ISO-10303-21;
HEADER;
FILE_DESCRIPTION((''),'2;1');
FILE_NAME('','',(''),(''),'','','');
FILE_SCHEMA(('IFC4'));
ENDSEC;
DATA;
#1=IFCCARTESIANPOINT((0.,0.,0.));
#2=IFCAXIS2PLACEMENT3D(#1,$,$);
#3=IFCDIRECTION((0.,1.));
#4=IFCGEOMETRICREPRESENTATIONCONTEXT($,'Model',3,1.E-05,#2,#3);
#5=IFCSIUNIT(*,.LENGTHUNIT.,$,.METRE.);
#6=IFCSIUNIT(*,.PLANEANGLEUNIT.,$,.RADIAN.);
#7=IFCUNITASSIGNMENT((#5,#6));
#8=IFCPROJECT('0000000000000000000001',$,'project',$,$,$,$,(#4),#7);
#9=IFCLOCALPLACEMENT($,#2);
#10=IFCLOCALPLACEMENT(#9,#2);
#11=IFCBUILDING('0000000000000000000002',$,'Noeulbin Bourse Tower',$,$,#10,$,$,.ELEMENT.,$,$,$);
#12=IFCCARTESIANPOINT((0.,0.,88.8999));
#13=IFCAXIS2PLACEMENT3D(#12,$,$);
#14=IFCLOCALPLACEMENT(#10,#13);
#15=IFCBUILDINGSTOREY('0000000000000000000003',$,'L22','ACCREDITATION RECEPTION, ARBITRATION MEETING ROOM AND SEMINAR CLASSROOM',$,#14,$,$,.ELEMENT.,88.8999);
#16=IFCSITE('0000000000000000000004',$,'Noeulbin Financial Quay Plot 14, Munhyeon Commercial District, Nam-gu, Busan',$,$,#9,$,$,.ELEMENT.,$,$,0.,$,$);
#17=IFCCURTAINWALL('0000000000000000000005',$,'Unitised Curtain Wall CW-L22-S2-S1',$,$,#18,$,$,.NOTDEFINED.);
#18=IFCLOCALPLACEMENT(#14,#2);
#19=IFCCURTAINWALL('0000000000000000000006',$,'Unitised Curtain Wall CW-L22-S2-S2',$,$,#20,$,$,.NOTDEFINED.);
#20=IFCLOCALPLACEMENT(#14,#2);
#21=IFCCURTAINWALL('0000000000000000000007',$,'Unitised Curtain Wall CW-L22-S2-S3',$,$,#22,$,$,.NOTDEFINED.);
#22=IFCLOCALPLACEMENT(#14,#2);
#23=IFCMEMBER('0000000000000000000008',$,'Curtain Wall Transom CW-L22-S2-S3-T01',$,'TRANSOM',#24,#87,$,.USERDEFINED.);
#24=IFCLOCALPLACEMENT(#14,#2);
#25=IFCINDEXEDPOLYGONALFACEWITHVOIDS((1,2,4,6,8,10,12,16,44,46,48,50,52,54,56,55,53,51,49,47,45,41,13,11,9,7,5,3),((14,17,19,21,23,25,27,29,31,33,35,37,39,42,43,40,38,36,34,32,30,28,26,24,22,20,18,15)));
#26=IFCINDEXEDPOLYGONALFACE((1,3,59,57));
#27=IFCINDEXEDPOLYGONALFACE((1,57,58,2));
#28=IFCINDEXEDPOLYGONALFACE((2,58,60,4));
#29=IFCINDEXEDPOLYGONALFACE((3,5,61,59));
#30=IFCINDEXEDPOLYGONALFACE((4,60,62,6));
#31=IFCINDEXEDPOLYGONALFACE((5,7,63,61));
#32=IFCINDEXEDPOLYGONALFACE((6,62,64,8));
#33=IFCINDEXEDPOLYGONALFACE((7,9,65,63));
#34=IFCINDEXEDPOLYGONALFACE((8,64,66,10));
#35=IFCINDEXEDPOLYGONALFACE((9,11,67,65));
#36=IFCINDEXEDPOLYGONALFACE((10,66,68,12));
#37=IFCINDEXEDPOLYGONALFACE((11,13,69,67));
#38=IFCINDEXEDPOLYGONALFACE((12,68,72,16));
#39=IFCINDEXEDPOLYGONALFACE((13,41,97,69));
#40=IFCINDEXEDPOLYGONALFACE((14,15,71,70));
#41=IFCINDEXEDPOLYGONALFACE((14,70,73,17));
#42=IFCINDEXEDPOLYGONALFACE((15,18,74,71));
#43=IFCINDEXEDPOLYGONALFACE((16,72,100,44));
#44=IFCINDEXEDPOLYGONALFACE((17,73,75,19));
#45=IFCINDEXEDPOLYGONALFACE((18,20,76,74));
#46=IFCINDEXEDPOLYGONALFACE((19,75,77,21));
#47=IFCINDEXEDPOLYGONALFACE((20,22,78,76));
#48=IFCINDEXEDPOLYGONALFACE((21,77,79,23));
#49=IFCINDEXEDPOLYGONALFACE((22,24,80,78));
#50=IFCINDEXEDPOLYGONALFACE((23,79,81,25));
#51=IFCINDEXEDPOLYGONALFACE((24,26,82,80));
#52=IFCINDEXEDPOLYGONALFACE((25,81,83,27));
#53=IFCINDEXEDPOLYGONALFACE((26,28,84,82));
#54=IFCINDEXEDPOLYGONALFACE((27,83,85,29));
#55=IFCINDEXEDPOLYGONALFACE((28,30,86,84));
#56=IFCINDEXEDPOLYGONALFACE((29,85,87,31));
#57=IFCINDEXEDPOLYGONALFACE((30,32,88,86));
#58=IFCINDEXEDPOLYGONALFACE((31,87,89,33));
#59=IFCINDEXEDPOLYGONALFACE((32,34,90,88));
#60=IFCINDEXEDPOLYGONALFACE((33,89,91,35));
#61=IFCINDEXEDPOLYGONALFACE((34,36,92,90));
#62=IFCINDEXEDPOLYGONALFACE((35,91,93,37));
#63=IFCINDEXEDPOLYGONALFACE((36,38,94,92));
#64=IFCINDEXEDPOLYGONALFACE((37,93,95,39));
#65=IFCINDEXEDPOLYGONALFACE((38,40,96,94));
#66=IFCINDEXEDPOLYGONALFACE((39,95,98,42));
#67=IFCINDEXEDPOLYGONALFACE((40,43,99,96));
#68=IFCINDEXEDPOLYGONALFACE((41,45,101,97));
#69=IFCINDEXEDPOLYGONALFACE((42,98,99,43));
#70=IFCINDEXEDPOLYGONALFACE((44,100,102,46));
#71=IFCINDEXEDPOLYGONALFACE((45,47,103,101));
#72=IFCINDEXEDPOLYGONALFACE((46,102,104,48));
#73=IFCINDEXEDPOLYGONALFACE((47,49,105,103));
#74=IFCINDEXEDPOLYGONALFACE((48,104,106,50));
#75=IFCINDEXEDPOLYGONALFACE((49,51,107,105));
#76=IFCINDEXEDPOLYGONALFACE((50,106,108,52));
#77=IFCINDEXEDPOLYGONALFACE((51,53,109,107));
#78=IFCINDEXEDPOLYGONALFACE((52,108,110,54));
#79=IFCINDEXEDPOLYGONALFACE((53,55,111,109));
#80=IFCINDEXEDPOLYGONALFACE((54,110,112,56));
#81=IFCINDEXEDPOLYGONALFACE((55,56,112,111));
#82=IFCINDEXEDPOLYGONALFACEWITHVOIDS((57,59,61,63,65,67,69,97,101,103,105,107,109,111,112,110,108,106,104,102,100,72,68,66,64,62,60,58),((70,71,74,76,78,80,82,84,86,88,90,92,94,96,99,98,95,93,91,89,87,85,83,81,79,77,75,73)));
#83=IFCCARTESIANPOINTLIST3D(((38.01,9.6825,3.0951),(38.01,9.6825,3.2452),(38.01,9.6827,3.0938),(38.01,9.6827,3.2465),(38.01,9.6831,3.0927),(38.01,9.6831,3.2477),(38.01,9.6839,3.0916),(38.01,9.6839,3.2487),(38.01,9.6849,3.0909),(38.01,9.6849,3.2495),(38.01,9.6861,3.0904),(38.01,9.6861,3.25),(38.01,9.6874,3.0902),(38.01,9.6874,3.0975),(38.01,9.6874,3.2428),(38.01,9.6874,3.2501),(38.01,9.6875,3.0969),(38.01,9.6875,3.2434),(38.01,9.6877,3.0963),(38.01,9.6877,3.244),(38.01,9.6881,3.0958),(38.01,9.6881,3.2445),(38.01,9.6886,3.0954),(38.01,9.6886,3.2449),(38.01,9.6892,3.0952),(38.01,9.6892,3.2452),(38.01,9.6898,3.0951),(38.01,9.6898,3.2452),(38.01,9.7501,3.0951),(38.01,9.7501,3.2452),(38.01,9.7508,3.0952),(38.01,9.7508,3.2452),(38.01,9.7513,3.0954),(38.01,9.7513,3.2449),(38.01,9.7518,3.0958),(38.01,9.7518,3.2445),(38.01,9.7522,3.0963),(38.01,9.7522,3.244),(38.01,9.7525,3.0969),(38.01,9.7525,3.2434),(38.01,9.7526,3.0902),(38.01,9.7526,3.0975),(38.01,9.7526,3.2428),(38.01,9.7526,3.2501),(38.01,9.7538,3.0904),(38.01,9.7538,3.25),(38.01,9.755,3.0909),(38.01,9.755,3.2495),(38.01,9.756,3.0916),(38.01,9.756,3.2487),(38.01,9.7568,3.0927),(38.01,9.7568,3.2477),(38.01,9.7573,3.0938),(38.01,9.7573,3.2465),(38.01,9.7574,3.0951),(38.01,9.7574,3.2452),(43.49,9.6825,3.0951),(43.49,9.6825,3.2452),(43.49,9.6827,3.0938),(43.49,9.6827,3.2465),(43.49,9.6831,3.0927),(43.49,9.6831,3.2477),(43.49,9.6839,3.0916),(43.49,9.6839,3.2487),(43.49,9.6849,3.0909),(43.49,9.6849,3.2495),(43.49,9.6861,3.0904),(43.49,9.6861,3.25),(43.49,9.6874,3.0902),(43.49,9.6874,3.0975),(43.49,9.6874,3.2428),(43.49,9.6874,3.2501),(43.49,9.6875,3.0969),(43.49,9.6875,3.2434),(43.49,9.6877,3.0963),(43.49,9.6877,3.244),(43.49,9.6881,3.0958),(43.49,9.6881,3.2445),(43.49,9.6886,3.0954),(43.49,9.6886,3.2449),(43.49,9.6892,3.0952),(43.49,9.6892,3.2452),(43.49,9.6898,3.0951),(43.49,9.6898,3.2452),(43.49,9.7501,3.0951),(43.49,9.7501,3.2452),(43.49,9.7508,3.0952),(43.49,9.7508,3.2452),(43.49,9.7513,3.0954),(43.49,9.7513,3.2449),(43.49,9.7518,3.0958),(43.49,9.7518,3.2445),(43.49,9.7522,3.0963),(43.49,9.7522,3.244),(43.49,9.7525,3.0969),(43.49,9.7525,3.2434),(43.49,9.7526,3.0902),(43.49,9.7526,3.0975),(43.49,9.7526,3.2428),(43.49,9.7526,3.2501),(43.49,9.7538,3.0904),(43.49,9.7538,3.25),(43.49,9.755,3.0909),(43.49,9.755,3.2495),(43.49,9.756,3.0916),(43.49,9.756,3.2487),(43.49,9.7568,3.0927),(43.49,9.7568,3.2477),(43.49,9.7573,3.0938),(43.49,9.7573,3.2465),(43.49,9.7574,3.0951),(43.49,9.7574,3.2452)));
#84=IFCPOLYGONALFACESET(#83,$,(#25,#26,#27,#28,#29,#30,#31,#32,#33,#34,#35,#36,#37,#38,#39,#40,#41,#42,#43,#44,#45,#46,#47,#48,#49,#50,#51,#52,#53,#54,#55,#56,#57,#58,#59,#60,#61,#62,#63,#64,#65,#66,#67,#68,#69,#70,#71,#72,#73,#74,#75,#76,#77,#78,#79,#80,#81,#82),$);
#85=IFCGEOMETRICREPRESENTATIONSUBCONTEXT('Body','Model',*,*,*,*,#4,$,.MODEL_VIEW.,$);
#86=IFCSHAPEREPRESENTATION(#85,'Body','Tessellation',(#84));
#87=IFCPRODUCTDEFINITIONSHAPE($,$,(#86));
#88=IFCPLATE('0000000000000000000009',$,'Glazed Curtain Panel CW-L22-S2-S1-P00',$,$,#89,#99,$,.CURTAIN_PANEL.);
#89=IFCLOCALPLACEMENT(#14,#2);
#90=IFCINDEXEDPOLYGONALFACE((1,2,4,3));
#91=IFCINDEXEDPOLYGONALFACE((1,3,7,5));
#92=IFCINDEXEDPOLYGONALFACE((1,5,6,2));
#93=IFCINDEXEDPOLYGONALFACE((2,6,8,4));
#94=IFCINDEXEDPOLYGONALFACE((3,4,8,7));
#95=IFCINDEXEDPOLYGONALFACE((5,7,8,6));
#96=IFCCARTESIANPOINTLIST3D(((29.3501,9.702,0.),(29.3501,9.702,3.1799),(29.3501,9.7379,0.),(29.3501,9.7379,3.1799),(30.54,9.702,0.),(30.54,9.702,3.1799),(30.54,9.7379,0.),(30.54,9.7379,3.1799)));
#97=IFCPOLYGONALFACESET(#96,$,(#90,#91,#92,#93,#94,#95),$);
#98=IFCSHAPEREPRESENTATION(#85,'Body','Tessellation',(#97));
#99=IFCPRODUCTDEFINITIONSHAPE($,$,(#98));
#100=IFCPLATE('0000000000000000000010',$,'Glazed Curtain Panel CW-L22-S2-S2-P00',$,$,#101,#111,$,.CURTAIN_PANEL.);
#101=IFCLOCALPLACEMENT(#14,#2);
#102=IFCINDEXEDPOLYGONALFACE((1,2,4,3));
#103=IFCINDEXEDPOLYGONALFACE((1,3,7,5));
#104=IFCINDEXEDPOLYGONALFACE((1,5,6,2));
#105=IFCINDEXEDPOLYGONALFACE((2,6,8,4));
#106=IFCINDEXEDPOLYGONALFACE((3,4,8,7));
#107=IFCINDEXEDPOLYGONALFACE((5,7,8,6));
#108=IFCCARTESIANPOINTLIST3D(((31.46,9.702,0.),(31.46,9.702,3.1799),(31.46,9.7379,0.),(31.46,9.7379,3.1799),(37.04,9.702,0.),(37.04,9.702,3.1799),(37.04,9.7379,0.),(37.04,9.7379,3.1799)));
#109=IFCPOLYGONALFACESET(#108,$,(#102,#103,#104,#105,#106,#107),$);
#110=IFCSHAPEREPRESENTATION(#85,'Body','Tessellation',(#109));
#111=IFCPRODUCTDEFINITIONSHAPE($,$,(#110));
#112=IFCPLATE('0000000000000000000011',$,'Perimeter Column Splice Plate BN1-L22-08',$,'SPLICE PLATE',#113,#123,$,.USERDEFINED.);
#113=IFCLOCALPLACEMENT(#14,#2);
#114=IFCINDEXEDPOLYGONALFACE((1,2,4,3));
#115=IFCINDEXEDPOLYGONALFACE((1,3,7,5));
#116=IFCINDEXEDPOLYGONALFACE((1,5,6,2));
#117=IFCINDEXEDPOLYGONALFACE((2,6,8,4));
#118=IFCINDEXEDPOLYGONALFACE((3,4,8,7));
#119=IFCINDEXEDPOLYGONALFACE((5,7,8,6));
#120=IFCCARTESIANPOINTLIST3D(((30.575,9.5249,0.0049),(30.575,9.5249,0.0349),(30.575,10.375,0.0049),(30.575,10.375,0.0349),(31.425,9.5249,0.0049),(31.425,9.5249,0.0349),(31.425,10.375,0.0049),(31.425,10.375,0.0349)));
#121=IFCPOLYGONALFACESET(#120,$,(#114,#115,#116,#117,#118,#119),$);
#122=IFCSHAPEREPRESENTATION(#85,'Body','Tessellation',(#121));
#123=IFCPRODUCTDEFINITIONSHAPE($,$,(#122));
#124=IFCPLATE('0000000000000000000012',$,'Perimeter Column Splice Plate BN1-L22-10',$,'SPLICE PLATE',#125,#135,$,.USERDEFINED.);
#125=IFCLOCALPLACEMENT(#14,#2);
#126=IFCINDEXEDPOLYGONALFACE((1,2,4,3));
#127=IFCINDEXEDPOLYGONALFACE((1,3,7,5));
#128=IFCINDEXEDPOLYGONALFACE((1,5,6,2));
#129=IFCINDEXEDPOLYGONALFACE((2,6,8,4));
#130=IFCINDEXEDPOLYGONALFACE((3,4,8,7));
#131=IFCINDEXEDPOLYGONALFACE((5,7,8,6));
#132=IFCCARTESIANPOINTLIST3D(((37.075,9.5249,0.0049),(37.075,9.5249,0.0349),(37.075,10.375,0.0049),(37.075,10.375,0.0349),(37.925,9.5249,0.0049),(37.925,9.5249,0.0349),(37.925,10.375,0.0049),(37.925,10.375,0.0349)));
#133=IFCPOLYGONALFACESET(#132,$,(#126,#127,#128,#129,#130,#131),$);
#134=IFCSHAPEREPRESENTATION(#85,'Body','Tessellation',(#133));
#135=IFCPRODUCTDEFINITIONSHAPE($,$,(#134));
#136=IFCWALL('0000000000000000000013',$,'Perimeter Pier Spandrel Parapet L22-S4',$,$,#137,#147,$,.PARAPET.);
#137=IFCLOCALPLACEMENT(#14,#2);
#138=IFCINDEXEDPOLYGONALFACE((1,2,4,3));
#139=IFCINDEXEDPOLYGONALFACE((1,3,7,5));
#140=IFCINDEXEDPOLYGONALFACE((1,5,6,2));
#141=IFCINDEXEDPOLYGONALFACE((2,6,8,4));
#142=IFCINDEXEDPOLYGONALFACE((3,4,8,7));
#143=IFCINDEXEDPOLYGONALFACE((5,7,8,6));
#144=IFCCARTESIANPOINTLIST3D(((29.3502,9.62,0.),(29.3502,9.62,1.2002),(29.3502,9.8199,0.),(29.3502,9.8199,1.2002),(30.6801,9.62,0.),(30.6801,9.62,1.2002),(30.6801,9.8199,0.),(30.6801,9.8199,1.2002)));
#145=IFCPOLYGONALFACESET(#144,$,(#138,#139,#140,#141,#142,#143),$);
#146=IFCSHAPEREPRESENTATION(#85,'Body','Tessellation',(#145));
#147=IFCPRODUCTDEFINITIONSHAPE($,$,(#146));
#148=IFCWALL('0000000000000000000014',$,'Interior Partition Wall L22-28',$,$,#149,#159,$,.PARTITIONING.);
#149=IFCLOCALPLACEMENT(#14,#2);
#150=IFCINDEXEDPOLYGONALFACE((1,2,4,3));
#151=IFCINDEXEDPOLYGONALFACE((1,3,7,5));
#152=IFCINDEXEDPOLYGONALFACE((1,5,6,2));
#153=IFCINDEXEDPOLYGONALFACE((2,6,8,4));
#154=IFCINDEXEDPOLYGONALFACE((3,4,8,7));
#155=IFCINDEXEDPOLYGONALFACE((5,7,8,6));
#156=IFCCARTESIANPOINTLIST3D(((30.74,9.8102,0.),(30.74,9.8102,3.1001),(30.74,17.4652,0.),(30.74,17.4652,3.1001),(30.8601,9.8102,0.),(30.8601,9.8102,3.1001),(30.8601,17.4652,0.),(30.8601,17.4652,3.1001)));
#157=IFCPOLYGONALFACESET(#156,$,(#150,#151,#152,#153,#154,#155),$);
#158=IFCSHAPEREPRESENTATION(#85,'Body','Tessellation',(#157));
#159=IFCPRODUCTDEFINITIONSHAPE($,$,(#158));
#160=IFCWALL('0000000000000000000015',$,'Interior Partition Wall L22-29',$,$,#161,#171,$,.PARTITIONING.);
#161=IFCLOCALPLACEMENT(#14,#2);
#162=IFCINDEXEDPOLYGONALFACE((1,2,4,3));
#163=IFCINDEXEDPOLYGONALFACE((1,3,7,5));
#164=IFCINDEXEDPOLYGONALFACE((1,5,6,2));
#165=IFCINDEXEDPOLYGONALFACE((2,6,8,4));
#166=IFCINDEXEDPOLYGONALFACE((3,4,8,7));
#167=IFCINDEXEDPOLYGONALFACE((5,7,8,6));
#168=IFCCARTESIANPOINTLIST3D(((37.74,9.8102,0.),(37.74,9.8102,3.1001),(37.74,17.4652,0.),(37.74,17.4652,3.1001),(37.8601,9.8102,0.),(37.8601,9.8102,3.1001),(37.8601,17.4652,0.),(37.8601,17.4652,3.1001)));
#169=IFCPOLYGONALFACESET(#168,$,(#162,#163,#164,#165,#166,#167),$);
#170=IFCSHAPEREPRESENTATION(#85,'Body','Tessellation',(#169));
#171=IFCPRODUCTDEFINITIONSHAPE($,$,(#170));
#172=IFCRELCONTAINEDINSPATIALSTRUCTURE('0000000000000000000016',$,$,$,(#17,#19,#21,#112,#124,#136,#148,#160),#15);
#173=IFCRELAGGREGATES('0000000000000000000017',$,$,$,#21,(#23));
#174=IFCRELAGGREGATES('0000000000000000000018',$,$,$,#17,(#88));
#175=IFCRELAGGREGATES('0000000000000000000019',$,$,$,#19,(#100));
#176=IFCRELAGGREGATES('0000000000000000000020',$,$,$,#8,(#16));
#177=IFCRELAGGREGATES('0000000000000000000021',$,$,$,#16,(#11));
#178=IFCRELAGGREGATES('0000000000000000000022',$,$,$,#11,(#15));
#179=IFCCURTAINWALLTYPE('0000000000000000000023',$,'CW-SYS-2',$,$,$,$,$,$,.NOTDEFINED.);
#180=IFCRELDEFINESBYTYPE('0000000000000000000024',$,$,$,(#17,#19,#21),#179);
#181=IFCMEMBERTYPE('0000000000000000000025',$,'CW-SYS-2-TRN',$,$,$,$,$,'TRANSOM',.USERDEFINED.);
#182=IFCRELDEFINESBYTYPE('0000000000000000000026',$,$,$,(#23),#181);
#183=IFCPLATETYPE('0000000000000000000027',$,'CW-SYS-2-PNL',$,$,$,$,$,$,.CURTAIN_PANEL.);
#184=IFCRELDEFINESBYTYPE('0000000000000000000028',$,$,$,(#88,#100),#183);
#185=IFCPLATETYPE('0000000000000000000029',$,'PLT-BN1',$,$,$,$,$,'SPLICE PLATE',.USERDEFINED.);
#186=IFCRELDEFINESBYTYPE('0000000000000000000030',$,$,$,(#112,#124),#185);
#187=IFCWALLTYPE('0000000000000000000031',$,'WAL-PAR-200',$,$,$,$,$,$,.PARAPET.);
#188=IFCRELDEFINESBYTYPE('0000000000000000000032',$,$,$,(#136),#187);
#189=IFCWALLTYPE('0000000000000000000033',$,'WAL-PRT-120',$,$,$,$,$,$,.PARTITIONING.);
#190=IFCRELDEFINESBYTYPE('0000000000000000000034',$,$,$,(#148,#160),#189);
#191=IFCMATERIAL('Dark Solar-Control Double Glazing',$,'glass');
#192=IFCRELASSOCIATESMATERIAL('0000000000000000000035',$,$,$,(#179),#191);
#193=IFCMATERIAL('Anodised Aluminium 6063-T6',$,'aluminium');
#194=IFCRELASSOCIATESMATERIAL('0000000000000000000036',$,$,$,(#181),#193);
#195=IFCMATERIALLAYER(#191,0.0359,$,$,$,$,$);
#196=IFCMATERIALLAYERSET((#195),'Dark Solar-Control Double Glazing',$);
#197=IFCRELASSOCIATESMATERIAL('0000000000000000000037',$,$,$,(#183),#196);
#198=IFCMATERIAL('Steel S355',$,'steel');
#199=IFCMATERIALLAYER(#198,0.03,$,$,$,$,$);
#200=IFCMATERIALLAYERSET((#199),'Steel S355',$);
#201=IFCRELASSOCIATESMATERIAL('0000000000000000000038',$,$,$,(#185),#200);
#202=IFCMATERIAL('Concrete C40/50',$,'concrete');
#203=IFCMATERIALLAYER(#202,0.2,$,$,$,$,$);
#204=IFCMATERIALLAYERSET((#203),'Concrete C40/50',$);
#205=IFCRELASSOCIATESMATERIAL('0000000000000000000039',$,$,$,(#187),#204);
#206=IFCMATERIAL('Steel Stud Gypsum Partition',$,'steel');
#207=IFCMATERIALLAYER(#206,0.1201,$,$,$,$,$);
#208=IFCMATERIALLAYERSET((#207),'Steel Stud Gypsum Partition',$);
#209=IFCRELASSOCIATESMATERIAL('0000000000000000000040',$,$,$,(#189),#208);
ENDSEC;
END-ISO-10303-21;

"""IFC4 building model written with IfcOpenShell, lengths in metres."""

from ifc_helpers import new_model, si_unit, direction, frame, frame_2d, origin, origin_2d, place, context, subcontext, project, spatial, rectangle, hollow_rectangle, extrude, material, layer, layer_set, material_profile, profile_set, type_object, element, aggregate, save


model = new_model("IFC4")

# Units and contexts
model_context = context("Model", 3, precision=1e-05, world=origin(), true_north=direction((0.0, 1.0)))
body_context = subcontext(model_context, "Body", "Model", "MODEL_VIEW")
ifc_project = project(units=[si_unit("LENGTHUNIT", "METRE"), si_unit("PLANEANGLEUNIT", "RADIAN")], contexts=[model_context])

# Site, building, storey
site_placement = place(None, origin())
site = spatial("IfcSite", under=ifc_project, at=site_placement, Name="Noeulbin Financial Quay Plot 14, Munhyeon Commercial District, Nam-gu, Busan", CompositionType="ELEMENT", RefElevation=0.0)
building_placement = place(site_placement, origin())
building = spatial("IfcBuilding", under=site, at=building_placement, Name="Noeulbin Bourse Tower", CompositionType="ELEMENT")
storey_placement = place(building_placement, frame((0.0, 0.0, 88.8999)))
storey = spatial("IfcBuildingStorey", under=building, at=storey_placement, Name="L22", Description="ACCREDITATION RECEPTION, ARBITRATION MEETING ROOM AND SEMINAR CLASSROOM", CompositionType="ELEMENT", Elevation=88.8999)

# Shared definitions
ifc_material_1 = material(Name="Steel S355", Category="steel")

# Curtain walls
ifc_material_2 = material(Name="Dark Solar-Control Double Glazing", Category="glass")
curtain_wall_type = type_object("IfcCurtainWallType", Name="CW-SYS-2", PredefinedType="NOTDEFINED", material=ifc_material_2)
curtain_wall_1_placement = place(storey_placement, origin())
curtain_wall_1 = element("IfcCurtainWall", 1, at=curtain_wall_1_placement, inside=storey, type_object=curtain_wall_type, Name="Unitised Curtain Wall CW-L22-S2-S1", PredefinedType="NOTDEFINED")
ifc_material_3 = material(Name="Anodised Aluminium 6063-T6", Category="aluminium")
curtain_wall_2_placement = place(storey_placement, origin())
curtain_wall_2 = element("IfcCurtainWall", 2, at=curtain_wall_2_placement, inside=storey, type_object=curtain_wall_type, Name="Unitised Curtain Wall CW-L22-S2-S2", PredefinedType="NOTDEFINED")

# Curtain wall
curtain_wall_3_placement = place(storey_placement, origin())
curtain_wall_3 = element("IfcCurtainWall", 3, at=curtain_wall_3_placement, inside=storey, type_object=curtain_wall_type, Name="Unitised Curtain Wall CW-L22-S2-S3", PredefinedType="NOTDEFINED")

# Member
ifc_material_profile_1 = material_profile(ifc_material_3, hollow_rectangle(XDim=0.075, YDim=0.1599, WallThickness=0.0049, InnerFilletRadius=0.0024, OuterFilletRadius=0.0049, at=origin_2d()), Name="ALU-TRAN-75x160x5", Category="LoadBearing")
ifc_profile_set_1 = profile_set([ifc_material_profile_1], Name="Anodised Aluminium 6063-T6")
member_type_1 = type_object("IfcMemberType", Name="CW-SYS-2-TRN", ElementType="TRANSOM", PredefinedType="USERDEFINED", material=ifc_profile_set_1)
member_1_placement = place(storey_placement, frame((38.01, 9.72, 3.1702), z_axis=(1.0, 0.0, 0.0), x_axis=(0.0, 1.0, 0.0)))
member_1 = element("IfcMember", 4, at=member_1_placement, type_object=member_type_1, Name="Curtain Wall Transom CW-L22-S2-S3-T01", ObjectType="TRANSOM", PredefinedType="USERDEFINED", context=body_context, shape_type="SweptSolid", body=[
    extrude(hollow_rectangle(XDim=0.075, YDim=0.1599, WallThickness=0.0049, InnerFilletRadius=0.0024, OuterFilletRadius=0.0049, at=origin_2d()), origin(), (0.0, 0.0, 1.0), 5.48),
])
aggregate(curtain_wall_3, [member_1])

# Plates
ifc_layer_1 = layer(ifc_material_2, 0.0359)
ifc_layer_set_1 = layer_set([ifc_layer_1], Name="Dark Solar-Control Double Glazing")
plate_type_1 = type_object("IfcPlateType", Name="CW-SYS-2-PNL", PredefinedType="CURTAIN_PANEL", material=ifc_layer_set_1)
plate_1_placement = place(storey_placement, frame((29.9451, 9.72, 0.0), z_axis=(0.0, 0.0, 1.0), x_axis=(1.0, 0.0, 0.0)))
plate_1 = element("IfcPlate", 5, at=plate_1_placement, type_object=plate_type_1, Name="Glazed Curtain Panel CW-L22-S2-S1-P00", PredefinedType="CURTAIN_PANEL", context=body_context, shape_type="SweptSolid", body=[
    extrude(rectangle(XDim=1.1899, YDim=0.0359, at=origin_2d()), origin(), (0.0, 0.0, 1.0), 3.1799),
])
aggregate(curtain_wall_1, [plate_1])
plate_2_placement = place(storey_placement, frame((34.25, 9.72, 0.0), z_axis=(0.0, 0.0, 1.0), x_axis=(1.0, 0.0, 0.0)))
plate_2 = element("IfcPlate", 6, at=plate_2_placement, type_object=plate_type_1, Name="Glazed Curtain Panel CW-L22-S2-S2-P00", PredefinedType="CURTAIN_PANEL", context=body_context, shape_type="SweptSolid", body=[
    extrude(rectangle(XDim=5.5801, YDim=0.0359, at=origin_2d()), origin(), (0.0, 0.0, 1.0), 3.1799),
])
aggregate(curtain_wall_2, [plate_2])

# Plates
ifc_layer_2 = layer(ifc_material_1, 0.03)
ifc_layer_set_2 = layer_set([ifc_layer_2], Name="Steel S355")
plate_type_2 = type_object("IfcPlateType", Name="PLT-BN1", ElementType="SPLICE PLATE", PredefinedType="USERDEFINED", material=ifc_layer_set_2)
for number, where, z_axis, x_axis, name in (
    (7, (31.0, 9.95, 0.0049), (0.0, 0.0, 1.0), (1.0, 0.0, 0.0), "Perimeter Column Splice Plate BN1-L22-08"),
    (8, (37.5, 9.95, 0.0049), (0.0, 0.0, 1.0), (1.0, 0.0, 0.0), "Perimeter Column Splice Plate BN1-L22-10"),
):
    element("IfcPlate", number, at=place(storey_placement, frame(where, z_axis=z_axis, x_axis=x_axis)), inside=storey, type_object=plate_type_2, Name=name, ObjectType="SPLICE PLATE", PredefinedType="USERDEFINED", context=body_context, shape_type="SweptSolid", body=[
        extrude(rectangle(XDim=0.8501, YDim=0.8501, at=origin_2d()), origin(), (0.0, 0.0, 1.0), 0.03),
    ])

# Walls
ifc_material_4 = material(Name="Concrete C40/50", Category="concrete")
ifc_layer_3 = layer(ifc_material_4, 0.2)
ifc_layer_set_3 = layer_set([ifc_layer_3], Name="Concrete C40/50")
wall_type_1 = type_object("IfcWallType", Name="WAL-PAR-200", PredefinedType="PARAPET", material=ifc_layer_set_3)
wall_placement = place(storey_placement, frame((29.3501, 9.72, 0.0), z_axis=(0.0, 0.0, 1.0), x_axis=(1.0, 0.0, 0.0)))
element("IfcWall", 9, at=wall_placement, inside=storey, type_object=wall_type_1, Name="Perimeter Pier Spandrel Parapet L22-S4", PredefinedType="PARAPET", context=body_context, shape_type="SweptSolid", body=[
    extrude(rectangle(XDim=1.3298, YDim=0.2, at=frame_2d((0.665, 0.0))), origin(), (0.0, 0.0, 1.0), 1.2002),
])
ifc_material_5 = material(Name="Steel Stud Gypsum Partition", Category="steel")
ifc_layer_4 = layer(ifc_material_5, 0.1201)
ifc_layer_set_4 = layer_set([ifc_layer_4], Name="Steel Stud Gypsum Partition")
wall_type_2 = type_object("IfcWallType", Name="WAL-PRT-120", PredefinedType="PARTITIONING", material=ifc_layer_set_4)
for number, where, z_axis, x_axis, name in (
    (10, (30.8, 9.8101, 0.0), (0.0, 0.0, 1.0), (0.0, 1.0, 0.0), "Interior Partition Wall L22-28"),
    (11, (37.8, 9.8101, 0.0), (0.0, 0.0, 1.0), (0.0, 1.0, 0.0), "Interior Partition Wall L22-29"),
):
    element("IfcWall", number, at=place(storey_placement, frame(where, z_axis=z_axis, x_axis=x_axis)), inside=storey, type_object=wall_type_2, Name=name, PredefinedType="PARTITIONING", context=body_context, shape_type="SweptSolid", body=[
        extrude(rectangle(XDim=7.655, YDim=0.1201, at=frame_2d((3.8276, 0.0))), origin(), (0.0, 0.0, 1.0), 3.1001),
    ])

save(model, "model.ifc")
